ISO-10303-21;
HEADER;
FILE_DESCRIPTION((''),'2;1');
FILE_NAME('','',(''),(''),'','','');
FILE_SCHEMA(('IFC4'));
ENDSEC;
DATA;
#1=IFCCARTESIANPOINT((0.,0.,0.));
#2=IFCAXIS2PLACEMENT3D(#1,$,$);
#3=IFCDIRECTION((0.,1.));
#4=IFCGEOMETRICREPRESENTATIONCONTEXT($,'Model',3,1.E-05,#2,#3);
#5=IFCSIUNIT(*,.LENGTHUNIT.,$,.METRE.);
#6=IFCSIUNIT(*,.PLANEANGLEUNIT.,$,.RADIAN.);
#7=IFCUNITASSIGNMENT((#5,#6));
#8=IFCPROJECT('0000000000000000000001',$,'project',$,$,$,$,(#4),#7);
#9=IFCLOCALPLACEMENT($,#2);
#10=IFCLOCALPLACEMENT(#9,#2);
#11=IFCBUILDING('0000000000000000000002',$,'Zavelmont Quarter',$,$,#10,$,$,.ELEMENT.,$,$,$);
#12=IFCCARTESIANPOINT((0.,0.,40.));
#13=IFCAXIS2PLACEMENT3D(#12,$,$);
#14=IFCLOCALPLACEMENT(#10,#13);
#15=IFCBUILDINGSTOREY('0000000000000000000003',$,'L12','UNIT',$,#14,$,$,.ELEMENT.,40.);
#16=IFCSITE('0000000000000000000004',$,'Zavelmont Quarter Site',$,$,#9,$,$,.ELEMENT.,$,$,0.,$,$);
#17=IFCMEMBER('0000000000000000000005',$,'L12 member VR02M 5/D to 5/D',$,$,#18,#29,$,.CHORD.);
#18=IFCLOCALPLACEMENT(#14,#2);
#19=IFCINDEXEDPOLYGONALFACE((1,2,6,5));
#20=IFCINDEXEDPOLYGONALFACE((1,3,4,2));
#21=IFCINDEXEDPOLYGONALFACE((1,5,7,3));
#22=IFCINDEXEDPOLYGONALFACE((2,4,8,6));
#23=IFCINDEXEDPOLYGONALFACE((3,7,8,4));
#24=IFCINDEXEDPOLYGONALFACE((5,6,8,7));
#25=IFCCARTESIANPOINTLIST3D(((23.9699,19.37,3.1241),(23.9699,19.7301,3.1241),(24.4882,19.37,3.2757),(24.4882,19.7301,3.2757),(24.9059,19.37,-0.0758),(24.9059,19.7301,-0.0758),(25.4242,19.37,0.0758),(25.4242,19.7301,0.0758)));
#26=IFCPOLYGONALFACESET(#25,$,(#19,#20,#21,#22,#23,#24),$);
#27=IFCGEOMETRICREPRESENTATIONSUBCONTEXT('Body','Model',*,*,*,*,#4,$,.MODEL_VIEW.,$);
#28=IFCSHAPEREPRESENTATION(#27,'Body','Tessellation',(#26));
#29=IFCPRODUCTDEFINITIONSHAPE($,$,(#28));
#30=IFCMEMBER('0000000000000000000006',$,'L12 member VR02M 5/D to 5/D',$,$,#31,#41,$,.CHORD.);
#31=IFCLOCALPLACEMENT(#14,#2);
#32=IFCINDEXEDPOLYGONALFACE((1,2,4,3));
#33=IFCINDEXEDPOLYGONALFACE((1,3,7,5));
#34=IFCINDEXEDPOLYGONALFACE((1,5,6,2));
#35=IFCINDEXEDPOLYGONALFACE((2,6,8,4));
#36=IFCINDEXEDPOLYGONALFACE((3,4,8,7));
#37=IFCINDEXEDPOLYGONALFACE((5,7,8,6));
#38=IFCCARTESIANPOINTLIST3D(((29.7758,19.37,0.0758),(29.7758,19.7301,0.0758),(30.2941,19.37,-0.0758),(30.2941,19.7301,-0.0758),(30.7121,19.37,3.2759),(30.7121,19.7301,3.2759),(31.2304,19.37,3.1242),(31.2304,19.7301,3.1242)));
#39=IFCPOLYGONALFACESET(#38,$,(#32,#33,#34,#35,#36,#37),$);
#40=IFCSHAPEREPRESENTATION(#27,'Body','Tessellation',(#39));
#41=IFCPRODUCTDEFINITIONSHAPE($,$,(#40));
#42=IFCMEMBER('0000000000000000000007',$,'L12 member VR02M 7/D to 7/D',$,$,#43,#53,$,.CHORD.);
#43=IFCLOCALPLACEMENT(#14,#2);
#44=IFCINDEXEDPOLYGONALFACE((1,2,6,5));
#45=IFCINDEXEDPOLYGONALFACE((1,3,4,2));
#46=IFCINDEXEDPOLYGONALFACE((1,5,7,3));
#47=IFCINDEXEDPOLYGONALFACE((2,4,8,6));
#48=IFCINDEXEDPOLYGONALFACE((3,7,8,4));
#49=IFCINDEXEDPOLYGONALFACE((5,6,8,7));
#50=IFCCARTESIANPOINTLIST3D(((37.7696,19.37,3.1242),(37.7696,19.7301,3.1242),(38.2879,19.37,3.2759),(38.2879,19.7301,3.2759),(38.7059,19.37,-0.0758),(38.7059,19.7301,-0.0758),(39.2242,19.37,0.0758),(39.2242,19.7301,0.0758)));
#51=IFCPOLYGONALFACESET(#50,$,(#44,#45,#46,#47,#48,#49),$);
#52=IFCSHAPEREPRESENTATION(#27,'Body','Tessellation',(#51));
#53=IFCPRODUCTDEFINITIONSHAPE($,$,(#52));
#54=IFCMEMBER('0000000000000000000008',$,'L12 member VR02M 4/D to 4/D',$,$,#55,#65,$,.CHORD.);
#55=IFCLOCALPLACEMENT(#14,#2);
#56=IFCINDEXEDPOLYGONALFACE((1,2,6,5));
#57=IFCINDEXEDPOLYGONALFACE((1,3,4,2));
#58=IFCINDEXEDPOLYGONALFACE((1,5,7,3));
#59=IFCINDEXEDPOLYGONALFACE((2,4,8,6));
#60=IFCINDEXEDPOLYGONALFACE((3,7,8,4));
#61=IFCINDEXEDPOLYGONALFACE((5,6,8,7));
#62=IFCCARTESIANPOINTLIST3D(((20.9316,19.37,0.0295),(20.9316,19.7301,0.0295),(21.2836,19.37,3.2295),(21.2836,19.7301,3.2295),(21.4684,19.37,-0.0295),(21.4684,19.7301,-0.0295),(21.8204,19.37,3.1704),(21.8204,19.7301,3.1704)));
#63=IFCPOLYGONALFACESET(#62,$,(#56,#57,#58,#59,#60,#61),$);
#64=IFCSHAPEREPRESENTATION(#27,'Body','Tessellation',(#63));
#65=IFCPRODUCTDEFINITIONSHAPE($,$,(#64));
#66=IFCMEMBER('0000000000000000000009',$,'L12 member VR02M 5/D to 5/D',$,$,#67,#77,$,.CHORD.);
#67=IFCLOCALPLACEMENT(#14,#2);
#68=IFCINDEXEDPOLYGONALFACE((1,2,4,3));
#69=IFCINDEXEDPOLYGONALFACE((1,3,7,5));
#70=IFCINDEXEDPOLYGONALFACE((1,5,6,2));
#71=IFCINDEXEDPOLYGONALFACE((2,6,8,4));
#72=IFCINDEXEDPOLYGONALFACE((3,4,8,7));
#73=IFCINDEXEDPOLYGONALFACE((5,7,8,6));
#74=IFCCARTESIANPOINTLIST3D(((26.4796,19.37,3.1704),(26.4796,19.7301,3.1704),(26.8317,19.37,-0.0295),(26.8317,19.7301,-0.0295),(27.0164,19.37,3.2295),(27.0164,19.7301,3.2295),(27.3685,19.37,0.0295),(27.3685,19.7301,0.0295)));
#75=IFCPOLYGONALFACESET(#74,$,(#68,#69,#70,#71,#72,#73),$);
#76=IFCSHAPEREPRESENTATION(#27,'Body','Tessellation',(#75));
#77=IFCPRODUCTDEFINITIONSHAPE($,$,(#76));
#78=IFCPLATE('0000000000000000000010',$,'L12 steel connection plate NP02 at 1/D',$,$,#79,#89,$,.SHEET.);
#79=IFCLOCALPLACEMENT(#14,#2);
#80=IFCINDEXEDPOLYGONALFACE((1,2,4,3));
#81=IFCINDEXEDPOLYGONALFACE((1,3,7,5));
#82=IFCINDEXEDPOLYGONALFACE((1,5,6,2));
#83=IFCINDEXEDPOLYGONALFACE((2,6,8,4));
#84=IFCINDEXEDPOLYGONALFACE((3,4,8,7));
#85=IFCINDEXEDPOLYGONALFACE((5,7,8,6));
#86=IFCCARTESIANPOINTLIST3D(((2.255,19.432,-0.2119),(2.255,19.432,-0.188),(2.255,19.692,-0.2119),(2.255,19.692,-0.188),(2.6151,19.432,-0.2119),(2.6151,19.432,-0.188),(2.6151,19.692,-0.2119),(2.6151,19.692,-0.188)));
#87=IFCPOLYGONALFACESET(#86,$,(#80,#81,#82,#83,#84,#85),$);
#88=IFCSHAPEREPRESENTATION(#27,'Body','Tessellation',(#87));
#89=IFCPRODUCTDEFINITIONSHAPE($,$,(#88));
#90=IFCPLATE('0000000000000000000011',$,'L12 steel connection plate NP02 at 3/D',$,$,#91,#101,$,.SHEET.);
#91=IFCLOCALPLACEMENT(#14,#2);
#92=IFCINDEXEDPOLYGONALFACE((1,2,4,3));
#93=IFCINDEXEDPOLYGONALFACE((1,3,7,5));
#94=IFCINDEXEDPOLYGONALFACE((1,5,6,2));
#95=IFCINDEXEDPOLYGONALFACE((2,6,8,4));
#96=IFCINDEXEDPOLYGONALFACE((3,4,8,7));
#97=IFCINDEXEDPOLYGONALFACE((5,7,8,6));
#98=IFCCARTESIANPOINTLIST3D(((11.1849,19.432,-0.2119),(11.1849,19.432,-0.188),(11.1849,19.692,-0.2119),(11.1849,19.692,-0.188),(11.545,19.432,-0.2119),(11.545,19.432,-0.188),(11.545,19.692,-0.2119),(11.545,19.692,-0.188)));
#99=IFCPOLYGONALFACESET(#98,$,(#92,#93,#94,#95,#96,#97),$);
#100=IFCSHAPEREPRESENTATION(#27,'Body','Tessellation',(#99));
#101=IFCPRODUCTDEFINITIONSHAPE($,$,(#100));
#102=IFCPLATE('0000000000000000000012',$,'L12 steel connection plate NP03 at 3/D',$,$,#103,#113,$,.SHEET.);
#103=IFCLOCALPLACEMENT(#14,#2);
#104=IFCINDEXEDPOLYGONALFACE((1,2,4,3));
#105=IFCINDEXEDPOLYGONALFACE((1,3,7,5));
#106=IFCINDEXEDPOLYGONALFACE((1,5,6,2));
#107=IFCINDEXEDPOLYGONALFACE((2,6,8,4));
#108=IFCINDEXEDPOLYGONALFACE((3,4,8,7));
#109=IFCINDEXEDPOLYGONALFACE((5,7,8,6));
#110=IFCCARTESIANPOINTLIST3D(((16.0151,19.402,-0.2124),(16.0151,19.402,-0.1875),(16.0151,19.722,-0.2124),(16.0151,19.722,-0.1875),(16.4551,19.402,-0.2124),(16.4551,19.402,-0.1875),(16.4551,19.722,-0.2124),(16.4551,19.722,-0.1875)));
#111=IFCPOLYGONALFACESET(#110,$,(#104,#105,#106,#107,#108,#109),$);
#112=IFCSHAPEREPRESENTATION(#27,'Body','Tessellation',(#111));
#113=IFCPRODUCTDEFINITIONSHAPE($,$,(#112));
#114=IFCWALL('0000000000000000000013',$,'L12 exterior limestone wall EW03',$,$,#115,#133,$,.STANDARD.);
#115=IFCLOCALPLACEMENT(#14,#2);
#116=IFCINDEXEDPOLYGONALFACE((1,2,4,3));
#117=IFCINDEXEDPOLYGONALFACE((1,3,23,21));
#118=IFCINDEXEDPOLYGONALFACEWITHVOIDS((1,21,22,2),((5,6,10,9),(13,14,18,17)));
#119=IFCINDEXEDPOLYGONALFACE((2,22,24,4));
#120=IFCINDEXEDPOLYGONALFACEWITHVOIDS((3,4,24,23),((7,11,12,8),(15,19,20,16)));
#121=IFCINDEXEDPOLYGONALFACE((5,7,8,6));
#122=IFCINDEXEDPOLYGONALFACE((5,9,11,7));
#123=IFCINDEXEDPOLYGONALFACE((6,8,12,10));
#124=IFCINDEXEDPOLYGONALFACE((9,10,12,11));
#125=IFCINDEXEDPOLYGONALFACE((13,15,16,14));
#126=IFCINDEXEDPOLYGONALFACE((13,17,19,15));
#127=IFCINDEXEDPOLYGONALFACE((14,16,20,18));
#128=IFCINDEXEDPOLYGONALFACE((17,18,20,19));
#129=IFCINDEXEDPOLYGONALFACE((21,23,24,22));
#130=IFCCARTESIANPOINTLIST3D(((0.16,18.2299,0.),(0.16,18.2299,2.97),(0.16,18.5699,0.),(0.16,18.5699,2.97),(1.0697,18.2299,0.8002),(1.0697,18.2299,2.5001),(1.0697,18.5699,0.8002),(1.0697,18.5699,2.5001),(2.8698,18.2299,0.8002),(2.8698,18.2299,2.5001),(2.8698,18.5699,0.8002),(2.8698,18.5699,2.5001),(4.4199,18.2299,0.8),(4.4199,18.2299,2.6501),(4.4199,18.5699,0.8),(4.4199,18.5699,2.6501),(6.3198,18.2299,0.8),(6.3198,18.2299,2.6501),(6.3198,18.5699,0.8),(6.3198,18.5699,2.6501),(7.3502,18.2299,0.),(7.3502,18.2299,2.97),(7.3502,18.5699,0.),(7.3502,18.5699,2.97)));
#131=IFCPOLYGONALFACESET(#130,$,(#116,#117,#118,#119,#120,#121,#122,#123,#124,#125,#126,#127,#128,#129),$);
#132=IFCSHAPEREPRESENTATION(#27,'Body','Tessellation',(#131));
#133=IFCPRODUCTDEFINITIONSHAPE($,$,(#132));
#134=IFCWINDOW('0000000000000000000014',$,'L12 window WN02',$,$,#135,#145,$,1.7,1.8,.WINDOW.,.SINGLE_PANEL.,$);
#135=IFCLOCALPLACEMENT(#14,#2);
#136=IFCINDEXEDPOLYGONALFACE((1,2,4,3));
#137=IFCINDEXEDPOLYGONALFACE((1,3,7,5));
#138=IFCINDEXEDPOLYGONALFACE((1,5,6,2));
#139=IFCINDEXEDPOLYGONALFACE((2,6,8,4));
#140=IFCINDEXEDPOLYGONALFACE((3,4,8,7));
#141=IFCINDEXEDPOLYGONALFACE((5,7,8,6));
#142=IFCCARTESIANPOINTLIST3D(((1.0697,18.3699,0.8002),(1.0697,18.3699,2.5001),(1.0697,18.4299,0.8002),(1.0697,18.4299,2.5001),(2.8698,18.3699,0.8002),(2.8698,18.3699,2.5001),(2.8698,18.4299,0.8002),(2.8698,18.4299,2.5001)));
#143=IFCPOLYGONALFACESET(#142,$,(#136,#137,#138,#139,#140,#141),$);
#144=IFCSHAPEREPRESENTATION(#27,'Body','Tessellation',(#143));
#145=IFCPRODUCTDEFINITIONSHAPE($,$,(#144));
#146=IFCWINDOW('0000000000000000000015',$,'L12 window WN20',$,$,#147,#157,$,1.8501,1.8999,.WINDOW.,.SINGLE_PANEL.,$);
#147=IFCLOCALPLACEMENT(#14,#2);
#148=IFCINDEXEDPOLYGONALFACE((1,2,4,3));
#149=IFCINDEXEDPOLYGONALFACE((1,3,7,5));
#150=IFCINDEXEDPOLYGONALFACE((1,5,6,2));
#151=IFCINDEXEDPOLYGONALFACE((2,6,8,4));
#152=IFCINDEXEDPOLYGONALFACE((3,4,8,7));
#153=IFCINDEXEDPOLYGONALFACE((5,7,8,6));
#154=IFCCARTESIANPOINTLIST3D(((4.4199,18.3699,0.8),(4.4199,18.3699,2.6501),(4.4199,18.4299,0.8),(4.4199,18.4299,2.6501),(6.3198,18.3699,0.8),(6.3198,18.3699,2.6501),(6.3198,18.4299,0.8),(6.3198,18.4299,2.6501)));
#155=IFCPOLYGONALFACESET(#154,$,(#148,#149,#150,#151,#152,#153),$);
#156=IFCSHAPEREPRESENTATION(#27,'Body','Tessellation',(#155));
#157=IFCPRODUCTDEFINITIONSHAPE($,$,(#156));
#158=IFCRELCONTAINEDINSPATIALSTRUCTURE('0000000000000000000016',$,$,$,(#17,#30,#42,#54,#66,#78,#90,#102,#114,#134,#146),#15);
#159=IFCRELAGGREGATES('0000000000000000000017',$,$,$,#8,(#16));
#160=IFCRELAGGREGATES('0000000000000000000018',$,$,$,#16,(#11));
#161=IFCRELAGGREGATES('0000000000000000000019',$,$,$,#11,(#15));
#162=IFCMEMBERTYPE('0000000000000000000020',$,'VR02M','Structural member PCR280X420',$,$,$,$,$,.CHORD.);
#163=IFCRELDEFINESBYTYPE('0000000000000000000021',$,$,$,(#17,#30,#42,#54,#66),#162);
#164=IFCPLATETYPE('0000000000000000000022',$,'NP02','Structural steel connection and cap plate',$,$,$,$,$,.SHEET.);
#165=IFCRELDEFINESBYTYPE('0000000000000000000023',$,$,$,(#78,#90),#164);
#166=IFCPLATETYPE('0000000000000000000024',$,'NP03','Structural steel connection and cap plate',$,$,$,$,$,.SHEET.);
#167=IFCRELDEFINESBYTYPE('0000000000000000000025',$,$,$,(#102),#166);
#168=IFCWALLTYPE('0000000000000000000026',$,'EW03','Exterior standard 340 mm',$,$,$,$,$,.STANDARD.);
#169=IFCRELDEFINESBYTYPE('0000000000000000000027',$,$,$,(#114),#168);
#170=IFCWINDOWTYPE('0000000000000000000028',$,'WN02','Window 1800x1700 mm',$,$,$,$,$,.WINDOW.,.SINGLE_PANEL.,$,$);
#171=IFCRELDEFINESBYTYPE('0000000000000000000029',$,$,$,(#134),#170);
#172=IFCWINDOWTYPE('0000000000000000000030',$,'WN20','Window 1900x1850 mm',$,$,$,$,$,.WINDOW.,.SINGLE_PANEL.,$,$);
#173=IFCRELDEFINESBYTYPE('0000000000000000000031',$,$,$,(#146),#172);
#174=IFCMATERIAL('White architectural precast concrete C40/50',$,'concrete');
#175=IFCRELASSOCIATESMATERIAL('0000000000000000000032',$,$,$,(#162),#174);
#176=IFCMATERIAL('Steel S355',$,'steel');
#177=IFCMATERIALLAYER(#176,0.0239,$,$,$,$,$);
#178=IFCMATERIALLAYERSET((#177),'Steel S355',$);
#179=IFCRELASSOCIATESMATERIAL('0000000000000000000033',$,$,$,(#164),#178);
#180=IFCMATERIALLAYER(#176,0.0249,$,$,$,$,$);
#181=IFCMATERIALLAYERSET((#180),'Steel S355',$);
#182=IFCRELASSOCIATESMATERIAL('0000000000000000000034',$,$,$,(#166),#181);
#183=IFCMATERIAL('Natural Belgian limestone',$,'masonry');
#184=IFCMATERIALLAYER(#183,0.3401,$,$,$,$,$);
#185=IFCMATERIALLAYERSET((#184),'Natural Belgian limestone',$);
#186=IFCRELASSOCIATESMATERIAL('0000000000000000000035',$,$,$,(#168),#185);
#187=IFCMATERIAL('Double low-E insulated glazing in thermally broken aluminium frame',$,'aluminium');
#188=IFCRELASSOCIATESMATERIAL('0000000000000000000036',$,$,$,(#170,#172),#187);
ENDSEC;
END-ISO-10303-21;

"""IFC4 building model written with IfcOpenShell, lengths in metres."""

from ifc_helpers import new_model, si_unit, direction, frame, frame_2d, origin, origin_with_axes, origin_2d, place, context, subcontext, project, spatial, rectangle, extrude, material, layer, layer_set, material_profile, profile_set, type_object, element, fill, save


model = new_model("IFC4")

# Units and contexts
model_context = context("Model", 3, precision=1e-05, world=origin(), true_north=direction((0.0, 1.0)))
body_context = subcontext(model_context, "Body", "Model", "MODEL_VIEW")
ifc_project = project(units=[si_unit("LENGTHUNIT", "METRE"), si_unit("PLANEANGLEUNIT", "RADIAN")], contexts=[model_context])

# Site, building, storey
site_placement = place(None, origin())
site = spatial("IfcSite", under=ifc_project, at=site_placement, Name="Zavelmont Quarter Site", CompositionType="ELEMENT", RefElevation=0.0)
building_placement = place(site_placement, origin())
building = spatial("IfcBuilding", under=site, at=building_placement, Name="Zavelmont Quarter", CompositionType="ELEMENT")
storey_placement = place(building_placement, frame((0.0, 0.0, 40.0)))
storey = spatial("IfcBuildingStorey", under=building, at=storey_placement, Name="L12", Description="UNIT", CompositionType="ELEMENT", Elevation=40.0)

# Shared definitions
ifc_material_1 = material(Name="Steel S355", Category="steel")

# Members
ifc_material_2 = material(Name="White architectural precast concrete C40/50", Category="concrete")
ifc_material_profile_1 = material_profile(ifc_material_2, rectangle(XDim=0.3601, YDim=0.54, at=origin_2d()), Name="PCR280X420")
ifc_profile_set_1 = profile_set([ifc_material_profile_1], Name="White architectural precast concrete C40/50")
member_type = type_object("IfcMemberType", Name="VR02M", Description="Structural member PCR280X420", PredefinedType="CHORD", material=ifc_profile_set_1)
for number, where, z_axis, x_axis, name in (
    (1, (25.165, 19.55, 0.0), (-0.280751, 0.0, 0.959781), (0.0, -1.0, 0.0), "L12 member VR02M 5/D to 5/D"),
):
    element("IfcMember", number, at=place(storey_placement, frame(where, z_axis=z_axis, x_axis=x_axis)), inside=storey, type_object=member_type, Name=name, PredefinedType="CHORD", context=body_context, shape_type="SweptSolid", body=[
        extrude(rectangle(XDim=0.3601, YDim=0.54, at=origin_2d()), origin(), (0.0, 0.0, 1.0), 3.334),
    ])
for number, where, z_axis, x_axis, name in (
    (2, (30.0349, 19.55, 0.0), (0.280818, 0.0, 0.959761), (0.0, 1.0, 0.0), "L12 member VR02M 5/D to 5/D"),
    (3, (38.9651, 19.55, 0.0), (-0.280818, 0.0, 0.959761), (0.0, -1.0, 0.0), "L12 member VR02M 7/D to 7/D"),
):
    element("IfcMember", number, at=place(storey_placement, frame(where, z_axis=z_axis, x_axis=x_axis)), inside=storey, type_object=member_type, Name=name, PredefinedType="CHORD", context=body_context, shape_type="SweptSolid", body=[
        extrude(rectangle(XDim=0.3601, YDim=0.54, at=origin_2d()), origin(), (0.0, 0.0, 1.0), 3.3342),
    ])
for number, where, z_axis, x_axis, name in (
    (4, (21.2, 19.55, 0.0), (0.109358, 0.0, 0.994002), (0.0, 1.0, 0.0), "L12 member VR02M 4/D to 4/D"),
    (5, (27.1001, 19.55, 0.0), (-0.109358, 0.0, 0.994002), (0.0, -1.0, 0.0), "L12 member VR02M 5/D to 5/D"),
):
    element("IfcMember", number, at=place(storey_placement, frame(where, z_axis=z_axis, x_axis=x_axis)), inside=storey, type_object=member_type, Name=name, PredefinedType="CHORD", context=body_context, shape_type="SweptSolid", body=[
        extrude(rectangle(XDim=0.3601, YDim=0.54, at=origin_2d()), origin(), (0.0, 0.0, 1.0), 3.2192),
    ])

# Plates
ifc_layer_1 = layer(ifc_material_1, 0.0239)
ifc_layer_set_1 = layer_set([ifc_layer_1], Name="Steel S355")
plate_type_1 = type_object("IfcPlateType", Name="NP02", Description="Structural steel connection and cap plate", PredefinedType="SHEET", material=ifc_layer_set_1)
for number, where, z_axis, x_axis, name in (
    (6, (2.4351, 19.562, -0.2119), (0.0, 0.0, 1.0), (1.0, 0.0, 0.0), "L12 steel connection plate NP02 at 1/D"),
    (7, (11.365, 19.562, -0.2119), (0.0, 0.0, 1.0), (1.0, 0.0, 0.0), "L12 steel connection plate NP02 at 3/D"),
):
    element("IfcPlate", number, at=place(storey_placement, frame(where, z_axis=z_axis, x_axis=x_axis)), inside=storey, type_object=plate_type_1, Name=name, PredefinedType="SHEET", context=body_context, shape_type="SweptSolid", body=[
        extrude(rectangle(XDim=0.3601, YDim=0.26, at=origin_2d()), origin(), (0.0, 0.0, 1.0), 0.0239),
    ])
ifc_layer_2 = layer(ifc_material_1, 0.0249)
ifc_layer_set_2 = layer_set([ifc_layer_2], Name="Steel S355")
plate_type_2 = type_object("IfcPlateType", Name="NP03", Description="Structural steel connection and cap plate", PredefinedType="SHEET", material=ifc_layer_set_2)
plate_placement = place(storey_placement, frame((16.2351, 19.562, -0.2124), z_axis=(0.0, 0.0, 1.0), x_axis=(1.0, 0.0, 0.0)))
element("IfcPlate", 8, at=plate_placement, inside=storey, type_object=plate_type_2, Name="L12 steel connection plate NP03 at 3/D", PredefinedType="SHEET", context=body_context, shape_type="SweptSolid", body=[
    extrude(rectangle(XDim=0.4399, YDim=0.3201, at=origin_2d()), origin(), (0.0, 0.0, 1.0), 0.0249),
])

# Wall, openings, windows
ifc_material_3 = material(Name="Natural Belgian limestone", Category="masonry")
ifc_layer_3 = layer(ifc_material_3, 0.3401)
ifc_layer_set_3 = layer_set([ifc_layer_3], Name="Natural Belgian limestone")
wall_type_1 = type_object("IfcWallType", Name="EW03", Description="Exterior standard 340 mm", PredefinedType="STANDARD", material=ifc_layer_set_3)
wall_1_placement = place(storey_placement, frame((0.1599, 18.3999, 0.0), z_axis=(0.0, 0.0, 1.0), x_axis=(1.0, 0.0, 0.0)))
wall_1 = element("IfcWall", 9, at=wall_1_placement, inside=storey, type_object=wall_type_1, Name="L12 exterior limestone wall EW03", PredefinedType="STANDARD", context=body_context, shape_type="SweptSolid", body=[
    extrude(rectangle(XDim=7.1902, YDim=0.3401, at=frame_2d((3.5952, 0.0))), origin(), (0.0, 0.0, 1.0), 2.97),
])
opening_1_placement = place(wall_1_placement, frame((0.9099, 0.0, 0.8)))
opening_1 = element("IfcOpeningElement", 10, at=opening_1_placement, cuts=wall_1, PredefinedType="OPENING", context=body_context, shape_type="SweptSolid", body=[
    extrude(rectangle(XDim=1.8, YDim=1.7, at=frame_2d((0.8999, 0.8501))), frame((0.0, 0.1821, 0.0), z_axis=(0.0, -1.0, 0.0), x_axis=(1.0, 0.0, 0.0)), (0.0, 0.0, 1.0), 0.364),
])
opening_2_placement = place(wall_1_placement, frame((4.26, 0.0, 0.8)))
opening_2 = element("IfcOpeningElement", 11, at=opening_2_placement, cuts=wall_1, PredefinedType="OPENING", context=body_context, shape_type="SweptSolid", body=[
    extrude(rectangle(XDim=1.8999, YDim=1.8501, at=frame_2d((0.95, 0.925))), frame((0.0, 0.1821, 0.0), z_axis=(0.0, -1.0, 0.0), x_axis=(1.0, 0.0, 0.0)), (0.0, 0.0, 1.0), 0.364),
])
ifc_material_4 = material(Name="Double low-E insulated glazing in thermally broken aluminium frame", Category="aluminium")
window_type_1 = type_object("IfcWindowType", Name="WN02", Description="Window 1800x1700 mm", PartitioningType="SINGLE_PANEL", PredefinedType="WINDOW", material=ifc_material_4)
window_1_placement = place(opening_1_placement, origin_with_axes())
window_1 = element("IfcWindow", 12, at=window_1_placement, inside=storey, type_object=window_type_1, Name="L12 window WN02", OverallHeight=1.7, OverallWidth=1.8, PartitioningType="SINGLE_PANEL", PredefinedType="WINDOW", context=body_context, shape_type="SweptSolid", body=[
    extrude(rectangle(XDim=1.8, YDim=1.7, at=frame_2d((0.8999, 0.8501))), frame((0.0, 0.03, 0.0), z_axis=(0.0, -1.0, 0.0), x_axis=(1.0, 0.0, 0.0)), (0.0, 0.0, 1.0), 0.0601),
])
fill(opening_1, window_1)
window_type_2 = type_object("IfcWindowType", Name="WN20", Description="Window 1900x1850 mm", PartitioningType="SINGLE_PANEL", PredefinedType="WINDOW", material=ifc_material_4)
window_2_placement = place(opening_2_placement, origin_with_axes())
window_2 = element("IfcWindow", 13, at=window_2_placement, inside=storey, type_object=window_type_2, Name="L12 window WN20", OverallHeight=1.8501, OverallWidth=1.8999, PartitioningType="SINGLE_PANEL", PredefinedType="WINDOW", context=body_context, shape_type="SweptSolid", body=[
    extrude(rectangle(XDim=1.8999, YDim=1.8501, at=frame_2d((0.95, 0.925))), frame((0.0, 0.03, 0.0), z_axis=(0.0, -1.0, 0.0), x_axis=(1.0, 0.0, 0.0)), (0.0, 0.0, 1.0), 0.0601),
])
fill(opening_2, window_2)

save(model, "model.ifc")
